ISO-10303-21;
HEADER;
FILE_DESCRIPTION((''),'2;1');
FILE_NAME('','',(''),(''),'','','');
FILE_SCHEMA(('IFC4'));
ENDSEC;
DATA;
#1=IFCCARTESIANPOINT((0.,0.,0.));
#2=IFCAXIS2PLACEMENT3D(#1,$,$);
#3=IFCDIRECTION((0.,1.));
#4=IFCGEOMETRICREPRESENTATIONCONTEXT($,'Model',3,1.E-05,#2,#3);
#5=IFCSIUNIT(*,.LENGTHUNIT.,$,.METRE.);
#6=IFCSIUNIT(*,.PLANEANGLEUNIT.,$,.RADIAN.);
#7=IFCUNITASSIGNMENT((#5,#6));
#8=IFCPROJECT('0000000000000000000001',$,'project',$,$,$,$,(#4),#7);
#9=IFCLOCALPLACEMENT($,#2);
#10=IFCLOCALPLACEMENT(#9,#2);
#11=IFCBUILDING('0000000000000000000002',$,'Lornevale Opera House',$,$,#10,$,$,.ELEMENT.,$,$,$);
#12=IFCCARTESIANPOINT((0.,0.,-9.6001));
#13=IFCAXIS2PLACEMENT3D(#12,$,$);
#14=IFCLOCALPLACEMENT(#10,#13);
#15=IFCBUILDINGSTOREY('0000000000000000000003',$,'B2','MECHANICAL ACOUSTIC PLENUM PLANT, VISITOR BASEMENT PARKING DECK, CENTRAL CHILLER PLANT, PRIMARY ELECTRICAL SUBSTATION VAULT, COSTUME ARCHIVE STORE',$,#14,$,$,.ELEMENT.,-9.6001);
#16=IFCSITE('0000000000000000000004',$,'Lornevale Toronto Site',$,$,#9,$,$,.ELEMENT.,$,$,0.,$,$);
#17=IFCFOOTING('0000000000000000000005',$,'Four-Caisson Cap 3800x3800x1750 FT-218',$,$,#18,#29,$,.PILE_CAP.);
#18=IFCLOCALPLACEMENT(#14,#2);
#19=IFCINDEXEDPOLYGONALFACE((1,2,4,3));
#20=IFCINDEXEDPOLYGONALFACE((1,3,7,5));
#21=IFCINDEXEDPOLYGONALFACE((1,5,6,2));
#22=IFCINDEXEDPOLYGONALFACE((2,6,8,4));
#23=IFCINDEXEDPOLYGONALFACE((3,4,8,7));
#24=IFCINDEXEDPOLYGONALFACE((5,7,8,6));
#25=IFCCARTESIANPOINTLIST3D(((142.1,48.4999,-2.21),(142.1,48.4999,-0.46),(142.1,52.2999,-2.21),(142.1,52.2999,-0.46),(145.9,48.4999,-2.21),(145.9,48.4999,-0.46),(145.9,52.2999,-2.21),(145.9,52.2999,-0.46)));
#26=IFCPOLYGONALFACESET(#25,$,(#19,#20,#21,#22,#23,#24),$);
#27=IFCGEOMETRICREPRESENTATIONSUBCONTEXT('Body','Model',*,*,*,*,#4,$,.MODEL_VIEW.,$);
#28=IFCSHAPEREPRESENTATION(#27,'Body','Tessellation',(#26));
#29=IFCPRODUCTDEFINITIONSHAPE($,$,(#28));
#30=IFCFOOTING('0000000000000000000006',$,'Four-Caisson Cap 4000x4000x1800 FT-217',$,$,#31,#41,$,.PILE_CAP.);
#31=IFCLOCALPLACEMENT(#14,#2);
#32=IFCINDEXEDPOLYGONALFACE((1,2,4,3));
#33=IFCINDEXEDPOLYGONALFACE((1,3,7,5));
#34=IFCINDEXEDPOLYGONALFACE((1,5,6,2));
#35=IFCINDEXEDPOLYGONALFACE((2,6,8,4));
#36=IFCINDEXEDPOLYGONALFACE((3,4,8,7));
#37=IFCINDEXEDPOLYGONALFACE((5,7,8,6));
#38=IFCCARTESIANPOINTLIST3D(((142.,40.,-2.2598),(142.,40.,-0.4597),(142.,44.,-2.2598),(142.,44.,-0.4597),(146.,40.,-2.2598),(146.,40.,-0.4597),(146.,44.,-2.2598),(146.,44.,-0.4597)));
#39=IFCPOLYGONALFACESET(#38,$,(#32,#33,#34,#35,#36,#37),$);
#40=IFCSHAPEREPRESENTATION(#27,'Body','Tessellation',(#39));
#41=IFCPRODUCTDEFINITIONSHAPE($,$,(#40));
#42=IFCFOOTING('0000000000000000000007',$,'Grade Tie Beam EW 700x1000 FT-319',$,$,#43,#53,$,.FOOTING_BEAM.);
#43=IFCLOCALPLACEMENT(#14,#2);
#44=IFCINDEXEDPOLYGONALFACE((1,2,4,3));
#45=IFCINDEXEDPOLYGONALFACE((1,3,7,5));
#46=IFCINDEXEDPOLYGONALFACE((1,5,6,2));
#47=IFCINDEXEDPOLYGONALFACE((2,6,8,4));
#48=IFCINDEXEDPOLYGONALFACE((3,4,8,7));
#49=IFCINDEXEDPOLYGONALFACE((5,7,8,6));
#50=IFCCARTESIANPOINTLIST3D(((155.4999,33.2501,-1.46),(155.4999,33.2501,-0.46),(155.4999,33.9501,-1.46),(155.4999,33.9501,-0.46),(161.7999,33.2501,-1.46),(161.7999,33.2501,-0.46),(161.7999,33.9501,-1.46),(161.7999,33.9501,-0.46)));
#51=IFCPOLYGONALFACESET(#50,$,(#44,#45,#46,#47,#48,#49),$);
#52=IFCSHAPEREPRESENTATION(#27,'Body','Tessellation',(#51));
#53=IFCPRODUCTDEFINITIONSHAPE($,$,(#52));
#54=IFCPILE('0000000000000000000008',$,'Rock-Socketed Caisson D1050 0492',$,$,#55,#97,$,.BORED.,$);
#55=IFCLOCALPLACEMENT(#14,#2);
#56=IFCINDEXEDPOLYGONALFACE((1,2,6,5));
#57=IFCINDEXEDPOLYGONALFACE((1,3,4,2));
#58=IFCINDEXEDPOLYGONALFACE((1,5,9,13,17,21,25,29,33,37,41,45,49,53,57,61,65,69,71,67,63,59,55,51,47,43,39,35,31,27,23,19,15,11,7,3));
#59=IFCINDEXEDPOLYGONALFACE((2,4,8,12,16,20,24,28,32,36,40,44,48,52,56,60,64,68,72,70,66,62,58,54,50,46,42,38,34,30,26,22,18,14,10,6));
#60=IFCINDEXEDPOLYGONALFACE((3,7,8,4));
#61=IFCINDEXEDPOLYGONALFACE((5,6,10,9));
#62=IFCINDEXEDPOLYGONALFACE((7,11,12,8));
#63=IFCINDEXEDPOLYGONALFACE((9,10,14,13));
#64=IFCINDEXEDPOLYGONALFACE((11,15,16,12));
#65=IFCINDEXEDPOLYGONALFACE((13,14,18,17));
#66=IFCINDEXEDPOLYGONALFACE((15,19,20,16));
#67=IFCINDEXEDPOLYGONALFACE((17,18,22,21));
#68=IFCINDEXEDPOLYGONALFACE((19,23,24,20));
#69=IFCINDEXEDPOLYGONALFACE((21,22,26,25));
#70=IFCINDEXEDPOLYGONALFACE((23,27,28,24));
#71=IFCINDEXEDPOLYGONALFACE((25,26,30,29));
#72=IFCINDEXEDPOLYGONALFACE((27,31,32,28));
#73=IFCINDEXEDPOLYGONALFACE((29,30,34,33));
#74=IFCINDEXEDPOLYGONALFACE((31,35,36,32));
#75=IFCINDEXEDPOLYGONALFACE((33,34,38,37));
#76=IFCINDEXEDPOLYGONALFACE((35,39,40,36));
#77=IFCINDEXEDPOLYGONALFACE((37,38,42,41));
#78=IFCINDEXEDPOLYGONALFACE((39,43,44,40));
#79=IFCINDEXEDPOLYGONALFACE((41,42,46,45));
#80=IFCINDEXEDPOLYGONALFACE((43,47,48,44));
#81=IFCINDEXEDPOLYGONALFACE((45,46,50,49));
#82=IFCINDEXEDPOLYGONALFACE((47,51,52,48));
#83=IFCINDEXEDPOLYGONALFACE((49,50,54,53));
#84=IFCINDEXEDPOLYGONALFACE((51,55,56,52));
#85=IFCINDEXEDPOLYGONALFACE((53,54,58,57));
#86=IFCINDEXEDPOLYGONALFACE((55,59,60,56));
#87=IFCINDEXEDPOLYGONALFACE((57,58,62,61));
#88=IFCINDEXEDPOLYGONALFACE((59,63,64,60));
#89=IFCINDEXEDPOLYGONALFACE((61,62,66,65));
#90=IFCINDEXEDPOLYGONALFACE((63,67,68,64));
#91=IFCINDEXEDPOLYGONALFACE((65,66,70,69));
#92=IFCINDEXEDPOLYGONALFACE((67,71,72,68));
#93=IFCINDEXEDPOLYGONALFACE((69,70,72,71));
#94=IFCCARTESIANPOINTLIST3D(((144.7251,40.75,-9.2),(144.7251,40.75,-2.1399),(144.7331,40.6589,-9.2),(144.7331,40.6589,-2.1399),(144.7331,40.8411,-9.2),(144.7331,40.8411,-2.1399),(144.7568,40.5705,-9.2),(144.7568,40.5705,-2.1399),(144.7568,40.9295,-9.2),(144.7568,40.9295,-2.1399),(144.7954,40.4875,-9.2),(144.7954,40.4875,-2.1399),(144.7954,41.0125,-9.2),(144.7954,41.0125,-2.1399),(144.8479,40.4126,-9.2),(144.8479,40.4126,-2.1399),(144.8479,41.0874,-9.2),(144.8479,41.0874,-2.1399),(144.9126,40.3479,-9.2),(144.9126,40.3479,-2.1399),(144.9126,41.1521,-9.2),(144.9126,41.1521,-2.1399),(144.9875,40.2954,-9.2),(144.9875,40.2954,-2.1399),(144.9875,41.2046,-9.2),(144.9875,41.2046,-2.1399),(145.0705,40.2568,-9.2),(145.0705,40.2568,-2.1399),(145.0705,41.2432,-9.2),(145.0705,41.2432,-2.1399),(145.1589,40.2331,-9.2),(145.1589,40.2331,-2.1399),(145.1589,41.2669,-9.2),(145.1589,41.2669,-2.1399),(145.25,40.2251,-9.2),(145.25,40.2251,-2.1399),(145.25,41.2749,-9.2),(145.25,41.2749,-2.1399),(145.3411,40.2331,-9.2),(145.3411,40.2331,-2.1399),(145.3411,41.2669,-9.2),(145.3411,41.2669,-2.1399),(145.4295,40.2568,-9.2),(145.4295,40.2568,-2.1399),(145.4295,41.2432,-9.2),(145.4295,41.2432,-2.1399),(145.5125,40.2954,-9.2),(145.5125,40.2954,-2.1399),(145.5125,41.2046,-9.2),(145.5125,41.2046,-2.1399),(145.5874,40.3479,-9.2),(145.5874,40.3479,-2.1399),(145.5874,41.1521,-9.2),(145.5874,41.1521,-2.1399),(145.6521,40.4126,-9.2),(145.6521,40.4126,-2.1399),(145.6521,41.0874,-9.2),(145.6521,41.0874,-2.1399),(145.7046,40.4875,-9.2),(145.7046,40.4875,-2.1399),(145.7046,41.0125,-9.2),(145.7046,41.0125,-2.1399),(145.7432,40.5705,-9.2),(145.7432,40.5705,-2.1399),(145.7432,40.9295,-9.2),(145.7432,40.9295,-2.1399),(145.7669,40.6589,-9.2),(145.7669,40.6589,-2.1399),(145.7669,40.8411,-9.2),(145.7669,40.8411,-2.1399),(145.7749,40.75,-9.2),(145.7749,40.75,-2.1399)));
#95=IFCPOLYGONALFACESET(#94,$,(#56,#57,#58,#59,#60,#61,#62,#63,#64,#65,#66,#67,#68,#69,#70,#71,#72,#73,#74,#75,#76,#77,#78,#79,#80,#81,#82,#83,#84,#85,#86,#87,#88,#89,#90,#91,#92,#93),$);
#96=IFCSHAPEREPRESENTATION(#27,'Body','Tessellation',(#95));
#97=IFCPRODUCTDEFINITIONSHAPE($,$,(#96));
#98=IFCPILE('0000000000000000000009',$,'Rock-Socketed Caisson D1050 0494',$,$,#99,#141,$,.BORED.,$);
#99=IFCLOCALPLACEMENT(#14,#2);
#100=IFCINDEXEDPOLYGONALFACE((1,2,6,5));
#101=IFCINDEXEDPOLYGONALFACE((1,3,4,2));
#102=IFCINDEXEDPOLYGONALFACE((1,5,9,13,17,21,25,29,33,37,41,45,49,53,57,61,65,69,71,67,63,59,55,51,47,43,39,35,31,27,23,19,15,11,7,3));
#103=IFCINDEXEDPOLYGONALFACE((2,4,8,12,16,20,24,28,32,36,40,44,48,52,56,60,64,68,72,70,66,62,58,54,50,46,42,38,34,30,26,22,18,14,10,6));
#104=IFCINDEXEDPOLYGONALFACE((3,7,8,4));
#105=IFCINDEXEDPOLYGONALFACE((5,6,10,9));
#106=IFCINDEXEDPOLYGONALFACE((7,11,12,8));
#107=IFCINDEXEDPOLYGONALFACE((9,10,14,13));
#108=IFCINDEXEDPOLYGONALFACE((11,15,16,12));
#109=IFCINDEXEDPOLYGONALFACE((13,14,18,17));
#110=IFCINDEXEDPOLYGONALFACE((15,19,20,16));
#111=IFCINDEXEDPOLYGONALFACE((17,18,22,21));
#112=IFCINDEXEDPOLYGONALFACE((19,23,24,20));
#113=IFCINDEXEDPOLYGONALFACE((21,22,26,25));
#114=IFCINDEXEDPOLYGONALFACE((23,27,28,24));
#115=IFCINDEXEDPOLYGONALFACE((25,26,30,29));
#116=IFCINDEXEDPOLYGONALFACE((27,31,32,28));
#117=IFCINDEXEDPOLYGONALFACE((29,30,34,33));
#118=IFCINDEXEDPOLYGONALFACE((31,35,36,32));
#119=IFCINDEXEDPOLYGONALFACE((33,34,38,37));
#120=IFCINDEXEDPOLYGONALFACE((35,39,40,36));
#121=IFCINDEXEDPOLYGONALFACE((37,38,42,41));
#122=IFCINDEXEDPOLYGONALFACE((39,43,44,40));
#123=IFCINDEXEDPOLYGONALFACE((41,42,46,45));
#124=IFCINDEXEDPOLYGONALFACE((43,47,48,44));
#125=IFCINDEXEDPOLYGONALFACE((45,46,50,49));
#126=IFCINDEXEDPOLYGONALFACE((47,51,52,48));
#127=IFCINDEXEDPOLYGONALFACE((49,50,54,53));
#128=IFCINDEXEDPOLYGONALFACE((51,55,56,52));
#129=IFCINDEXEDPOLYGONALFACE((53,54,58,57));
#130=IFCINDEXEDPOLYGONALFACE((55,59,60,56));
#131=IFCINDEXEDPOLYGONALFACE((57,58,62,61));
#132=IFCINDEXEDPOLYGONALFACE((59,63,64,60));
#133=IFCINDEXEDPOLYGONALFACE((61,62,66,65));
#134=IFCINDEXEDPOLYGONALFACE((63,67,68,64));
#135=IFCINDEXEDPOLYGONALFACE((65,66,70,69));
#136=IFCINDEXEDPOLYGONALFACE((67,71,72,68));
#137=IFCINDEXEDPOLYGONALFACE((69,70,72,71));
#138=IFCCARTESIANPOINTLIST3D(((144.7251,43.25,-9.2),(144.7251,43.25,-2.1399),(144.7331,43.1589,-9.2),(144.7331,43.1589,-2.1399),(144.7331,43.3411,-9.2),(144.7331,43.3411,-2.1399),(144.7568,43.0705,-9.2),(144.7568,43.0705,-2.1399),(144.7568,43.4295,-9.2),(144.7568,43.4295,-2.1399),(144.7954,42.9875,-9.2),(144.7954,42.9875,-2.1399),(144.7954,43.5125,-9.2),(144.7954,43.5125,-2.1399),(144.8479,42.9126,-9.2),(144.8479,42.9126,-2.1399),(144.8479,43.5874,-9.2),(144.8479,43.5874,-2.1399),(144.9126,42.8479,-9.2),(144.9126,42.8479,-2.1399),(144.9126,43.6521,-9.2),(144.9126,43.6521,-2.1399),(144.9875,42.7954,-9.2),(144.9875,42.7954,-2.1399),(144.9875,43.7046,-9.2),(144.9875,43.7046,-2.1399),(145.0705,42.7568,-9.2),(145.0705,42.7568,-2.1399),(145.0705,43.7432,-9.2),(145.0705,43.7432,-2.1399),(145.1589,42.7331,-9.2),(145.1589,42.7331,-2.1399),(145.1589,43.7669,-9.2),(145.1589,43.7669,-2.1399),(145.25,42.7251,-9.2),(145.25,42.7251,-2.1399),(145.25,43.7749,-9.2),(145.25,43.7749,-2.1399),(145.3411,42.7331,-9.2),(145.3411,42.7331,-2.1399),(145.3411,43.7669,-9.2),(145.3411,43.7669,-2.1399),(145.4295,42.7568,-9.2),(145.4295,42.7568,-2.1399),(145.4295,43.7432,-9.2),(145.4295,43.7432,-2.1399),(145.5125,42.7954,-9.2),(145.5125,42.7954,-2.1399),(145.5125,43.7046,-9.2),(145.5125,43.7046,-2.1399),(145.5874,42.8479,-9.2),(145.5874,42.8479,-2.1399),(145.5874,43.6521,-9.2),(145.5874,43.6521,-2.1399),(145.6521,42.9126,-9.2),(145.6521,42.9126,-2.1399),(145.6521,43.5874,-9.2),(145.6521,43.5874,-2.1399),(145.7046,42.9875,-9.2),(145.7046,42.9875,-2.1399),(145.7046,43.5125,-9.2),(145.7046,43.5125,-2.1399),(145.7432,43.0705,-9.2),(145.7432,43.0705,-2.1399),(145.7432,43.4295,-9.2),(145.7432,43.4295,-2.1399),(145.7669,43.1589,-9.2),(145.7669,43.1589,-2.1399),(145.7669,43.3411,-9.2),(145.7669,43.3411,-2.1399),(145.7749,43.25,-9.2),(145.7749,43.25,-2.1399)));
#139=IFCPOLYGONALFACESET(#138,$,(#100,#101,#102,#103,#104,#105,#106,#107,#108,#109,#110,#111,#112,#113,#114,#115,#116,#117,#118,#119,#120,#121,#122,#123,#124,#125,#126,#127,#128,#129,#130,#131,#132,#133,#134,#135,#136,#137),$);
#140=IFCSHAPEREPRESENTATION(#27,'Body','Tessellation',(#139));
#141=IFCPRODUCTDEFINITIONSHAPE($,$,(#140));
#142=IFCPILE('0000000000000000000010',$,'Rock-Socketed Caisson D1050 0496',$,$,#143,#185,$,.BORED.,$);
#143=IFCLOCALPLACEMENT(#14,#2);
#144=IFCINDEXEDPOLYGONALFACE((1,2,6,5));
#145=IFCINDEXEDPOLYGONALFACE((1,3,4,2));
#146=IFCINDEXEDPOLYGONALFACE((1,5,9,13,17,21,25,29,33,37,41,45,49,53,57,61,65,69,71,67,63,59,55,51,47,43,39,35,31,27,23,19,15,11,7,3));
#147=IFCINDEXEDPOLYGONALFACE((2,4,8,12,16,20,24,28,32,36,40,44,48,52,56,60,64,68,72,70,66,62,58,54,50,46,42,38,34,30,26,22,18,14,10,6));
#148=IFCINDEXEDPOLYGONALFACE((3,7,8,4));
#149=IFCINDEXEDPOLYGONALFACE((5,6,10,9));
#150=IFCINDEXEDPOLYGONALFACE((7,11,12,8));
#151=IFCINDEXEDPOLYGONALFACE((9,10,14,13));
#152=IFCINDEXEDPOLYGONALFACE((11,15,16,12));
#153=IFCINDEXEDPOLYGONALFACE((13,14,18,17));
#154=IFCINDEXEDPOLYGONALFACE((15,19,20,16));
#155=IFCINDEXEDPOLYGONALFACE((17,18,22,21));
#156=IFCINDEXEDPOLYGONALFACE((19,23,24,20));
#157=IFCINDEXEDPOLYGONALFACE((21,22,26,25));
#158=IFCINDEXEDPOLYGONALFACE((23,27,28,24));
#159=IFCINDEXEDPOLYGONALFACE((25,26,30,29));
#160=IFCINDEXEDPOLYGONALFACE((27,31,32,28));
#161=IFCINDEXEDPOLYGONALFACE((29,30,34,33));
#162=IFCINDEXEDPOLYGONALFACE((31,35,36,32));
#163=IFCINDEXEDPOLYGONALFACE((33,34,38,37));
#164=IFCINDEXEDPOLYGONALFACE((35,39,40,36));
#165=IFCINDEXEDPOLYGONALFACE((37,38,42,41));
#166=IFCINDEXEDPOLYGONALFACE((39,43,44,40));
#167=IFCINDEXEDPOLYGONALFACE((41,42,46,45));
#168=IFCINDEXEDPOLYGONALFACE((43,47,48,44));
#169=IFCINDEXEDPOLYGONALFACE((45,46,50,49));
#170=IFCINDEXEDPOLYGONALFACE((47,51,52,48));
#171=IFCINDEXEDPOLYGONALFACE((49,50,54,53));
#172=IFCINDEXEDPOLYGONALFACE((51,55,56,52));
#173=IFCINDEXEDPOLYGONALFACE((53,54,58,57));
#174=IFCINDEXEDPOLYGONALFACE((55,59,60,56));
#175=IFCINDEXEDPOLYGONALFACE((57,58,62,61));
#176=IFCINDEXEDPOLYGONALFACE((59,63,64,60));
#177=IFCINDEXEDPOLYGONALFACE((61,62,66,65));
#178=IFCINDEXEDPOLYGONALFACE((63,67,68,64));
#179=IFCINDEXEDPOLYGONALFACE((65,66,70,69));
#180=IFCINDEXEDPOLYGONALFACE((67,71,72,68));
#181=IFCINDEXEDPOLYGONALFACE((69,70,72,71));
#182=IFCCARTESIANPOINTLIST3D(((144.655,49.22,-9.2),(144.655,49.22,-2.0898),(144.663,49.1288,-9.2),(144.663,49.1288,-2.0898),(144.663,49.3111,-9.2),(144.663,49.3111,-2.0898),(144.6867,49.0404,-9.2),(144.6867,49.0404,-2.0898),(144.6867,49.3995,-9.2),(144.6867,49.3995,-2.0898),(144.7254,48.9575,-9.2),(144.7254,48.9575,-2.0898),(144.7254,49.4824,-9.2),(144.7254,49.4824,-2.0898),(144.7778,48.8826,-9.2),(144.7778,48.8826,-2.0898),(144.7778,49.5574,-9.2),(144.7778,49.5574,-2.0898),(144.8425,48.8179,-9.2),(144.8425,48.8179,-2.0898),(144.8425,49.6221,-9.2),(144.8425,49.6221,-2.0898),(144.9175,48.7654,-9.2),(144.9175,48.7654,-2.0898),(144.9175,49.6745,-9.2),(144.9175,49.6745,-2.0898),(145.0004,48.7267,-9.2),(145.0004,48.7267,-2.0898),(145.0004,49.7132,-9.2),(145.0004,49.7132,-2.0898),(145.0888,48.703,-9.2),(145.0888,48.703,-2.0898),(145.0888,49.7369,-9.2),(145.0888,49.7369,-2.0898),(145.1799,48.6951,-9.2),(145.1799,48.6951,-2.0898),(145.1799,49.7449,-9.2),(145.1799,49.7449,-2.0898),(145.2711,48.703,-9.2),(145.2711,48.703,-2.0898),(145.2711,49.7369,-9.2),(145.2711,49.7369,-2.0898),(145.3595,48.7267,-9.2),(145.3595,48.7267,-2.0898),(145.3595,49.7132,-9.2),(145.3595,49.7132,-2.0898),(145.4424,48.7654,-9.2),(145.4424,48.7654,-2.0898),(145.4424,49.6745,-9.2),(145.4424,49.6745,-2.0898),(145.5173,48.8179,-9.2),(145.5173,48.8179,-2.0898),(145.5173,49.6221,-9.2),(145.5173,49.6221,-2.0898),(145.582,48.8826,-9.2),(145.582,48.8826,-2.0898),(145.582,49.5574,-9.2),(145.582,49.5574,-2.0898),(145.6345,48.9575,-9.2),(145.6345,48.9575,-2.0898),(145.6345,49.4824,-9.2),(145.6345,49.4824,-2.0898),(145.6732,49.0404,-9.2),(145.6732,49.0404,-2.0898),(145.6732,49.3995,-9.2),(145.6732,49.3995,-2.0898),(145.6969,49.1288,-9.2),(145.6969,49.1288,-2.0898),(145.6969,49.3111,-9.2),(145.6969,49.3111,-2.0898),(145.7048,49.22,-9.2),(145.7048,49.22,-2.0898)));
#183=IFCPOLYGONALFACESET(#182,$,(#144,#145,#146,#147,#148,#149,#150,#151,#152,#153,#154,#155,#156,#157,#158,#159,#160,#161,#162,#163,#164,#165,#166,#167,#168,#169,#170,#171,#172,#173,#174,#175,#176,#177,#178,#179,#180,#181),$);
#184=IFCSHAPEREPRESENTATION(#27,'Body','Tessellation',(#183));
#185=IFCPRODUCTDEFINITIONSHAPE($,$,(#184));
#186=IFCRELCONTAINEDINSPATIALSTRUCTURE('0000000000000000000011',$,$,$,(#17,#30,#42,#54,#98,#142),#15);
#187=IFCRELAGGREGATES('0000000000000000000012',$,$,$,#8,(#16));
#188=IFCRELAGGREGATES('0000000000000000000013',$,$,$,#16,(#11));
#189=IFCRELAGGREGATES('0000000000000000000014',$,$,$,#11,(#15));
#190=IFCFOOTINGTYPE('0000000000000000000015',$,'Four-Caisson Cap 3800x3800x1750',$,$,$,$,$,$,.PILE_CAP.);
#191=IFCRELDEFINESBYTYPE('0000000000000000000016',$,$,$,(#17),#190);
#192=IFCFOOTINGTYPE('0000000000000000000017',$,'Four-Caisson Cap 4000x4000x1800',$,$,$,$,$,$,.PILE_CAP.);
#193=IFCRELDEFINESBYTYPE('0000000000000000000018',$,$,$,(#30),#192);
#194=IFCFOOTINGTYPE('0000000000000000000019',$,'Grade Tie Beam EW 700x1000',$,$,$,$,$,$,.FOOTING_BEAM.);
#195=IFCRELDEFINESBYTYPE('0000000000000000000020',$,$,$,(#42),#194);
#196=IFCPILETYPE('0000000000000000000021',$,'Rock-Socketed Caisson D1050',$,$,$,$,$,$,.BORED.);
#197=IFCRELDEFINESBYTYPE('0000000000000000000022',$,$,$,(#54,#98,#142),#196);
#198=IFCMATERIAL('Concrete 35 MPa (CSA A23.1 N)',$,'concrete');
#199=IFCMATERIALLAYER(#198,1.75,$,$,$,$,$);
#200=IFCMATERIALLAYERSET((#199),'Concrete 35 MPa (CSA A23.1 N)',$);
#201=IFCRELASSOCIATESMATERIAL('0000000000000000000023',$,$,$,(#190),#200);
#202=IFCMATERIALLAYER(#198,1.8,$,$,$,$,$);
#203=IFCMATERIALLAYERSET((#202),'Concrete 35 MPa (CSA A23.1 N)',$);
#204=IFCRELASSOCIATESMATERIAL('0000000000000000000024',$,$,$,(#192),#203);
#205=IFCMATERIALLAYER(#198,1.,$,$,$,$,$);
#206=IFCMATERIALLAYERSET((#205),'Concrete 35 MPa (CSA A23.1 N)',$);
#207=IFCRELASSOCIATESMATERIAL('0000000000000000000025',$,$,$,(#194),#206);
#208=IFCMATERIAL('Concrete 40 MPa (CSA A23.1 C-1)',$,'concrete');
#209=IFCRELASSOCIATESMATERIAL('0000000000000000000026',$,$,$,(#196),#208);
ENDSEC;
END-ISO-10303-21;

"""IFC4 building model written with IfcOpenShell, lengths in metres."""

from ifc_helpers import new_model, si_unit, direction, frame, origin, origin_2d, place, context, subcontext, project, spatial, rectangle, circle, extrude, material, layer, layer_set, material_profile, profile_set, type_object, element, save


model = new_model("IFC4")

# Units and contexts
model_context = context("Model", 3, precision=1e-05, world=origin(), true_north=direction((0.0, 1.0)))
body_context = subcontext(model_context, "Body", "Model", "MODEL_VIEW")
ifc_project = project(units=[si_unit("LENGTHUNIT", "METRE"), si_unit("PLANEANGLEUNIT", "RADIAN")], contexts=[model_context])

# Site, building, storey
site_placement = place(None, origin())
site = spatial("IfcSite", under=ifc_project, at=site_placement, Name="Lornevale Toronto Site", CompositionType="ELEMENT", RefElevation=0.0)
building_placement = place(site_placement, origin())
building = spatial("IfcBuilding", under=site, at=building_placement, Name="Lornevale Opera House", CompositionType="ELEMENT")
storey_placement = place(building_placement, frame((0.0, 0.0, -9.6001)))
storey = spatial("IfcBuildingStorey", under=building, at=storey_placement, Name="B2", Description="MECHANICAL ACOUSTIC PLENUM PLANT, VISITOR BASEMENT PARKING DECK, CENTRAL CHILLER PLANT, PRIMARY ELECTRICAL SUBSTATION VAULT, COSTUME ARCHIVE STORE", CompositionType="ELEMENT", Elevation=-9.6001)

# Footings
ifc_material_1 = material(Name="Concrete 35 MPa (CSA A23.1 N)", Category="concrete")
ifc_layer_1 = layer(ifc_material_1, 1.75)
ifc_layer_set_1 = layer_set([ifc_layer_1], Name="Concrete 35 MPa (CSA A23.1 N)")
footing_type_1 = type_object("IfcFootingType", Name="Four-Caisson Cap 3800x3800x1750", PredefinedType="PILE_CAP", material=ifc_layer_set_1)
footing_1_placement = place(storey_placement, frame((144.0, 50.3999, -2.21), z_axis=(0.0, 0.0, 1.0), x_axis=(1.0, 0.0, 0.0)))
element("IfcFooting", 1, at=footing_1_placement, inside=storey, type_object=footing_type_1, Name="Four-Caisson Cap 3800x3800x1750 FT-218", PredefinedType="PILE_CAP", context=body_context, shape_type="SweptSolid", body=[
    extrude(rectangle(XDim=3.8, YDim=3.8, at=origin_2d()), origin(), (0.0, 0.0, 1.0), 1.75),
])
ifc_layer_2 = layer(ifc_material_1, 1.8)
ifc_layer_set_2 = layer_set([ifc_layer_2], Name="Concrete 35 MPa (CSA A23.1 N)")
footing_type_2 = type_object("IfcFootingType", Name="Four-Caisson Cap 4000x4000x1800", PredefinedType="PILE_CAP", material=ifc_layer_set_2)
footing_2_placement = place(storey_placement, frame((144.0, 42.0, -2.2598), z_axis=(0.0, 0.0, 1.0), x_axis=(1.0, 0.0, 0.0)))
element("IfcFooting", 2, at=footing_2_placement, inside=storey, type_object=footing_type_2, Name="Four-Caisson Cap 4000x4000x1800 FT-217", PredefinedType="PILE_CAP", context=body_context, shape_type="SweptSolid", body=[
    extrude(rectangle(XDim=4.0, YDim=4.0, at=origin_2d()), origin(), (0.0, 0.0, 1.0), 1.8),
])
ifc_layer_3 = layer(ifc_material_1, 1.0)
ifc_layer_set_3 = layer_set([ifc_layer_3], Name="Concrete 35 MPa (CSA A23.1 N)")
footing_type_3 = type_object("IfcFootingType", Name="Grade Tie Beam EW 700x1000", PredefinedType="FOOTING_BEAM", material=ifc_layer_set_3)
footing_3_placement = place(storey_placement, frame((158.6499, 33.6001, -1.46), z_axis=(0.0, 0.0, 1.0), x_axis=(1.0, 0.0, 0.0)))
element("IfcFooting", 3, at=footing_3_placement, inside=storey, type_object=footing_type_3, Name="Grade Tie Beam EW 700x1000 FT-319", PredefinedType="FOOTING_BEAM", context=body_context, shape_type="SweptSolid", body=[
    extrude(rectangle(XDim=6.3, YDim=0.7, at=origin_2d()), origin(), (0.0, 0.0, 1.0), 1.0),
])

# Piles
ifc_material_2 = material(Name="Concrete 40 MPa (CSA A23.1 C-1)", Category="concrete")
ifc_material_profile_1 = material_profile(ifc_material_2, circle(Radius=0.5249, at=origin_2d()), Name="CAIS1050")
ifc_profile_set_1 = profile_set([ifc_material_profile_1], Name="Concrete 40 MPa (CSA A23.1 C-1)")
pile_type_1 = type_object("IfcPileType", Name="Rock-Socketed Caisson D1050", PredefinedType="BORED", material=ifc_profile_set_1)
for number, where, z_axis, x_axis, name in (
    (4, (145.25, 40.75, -2.1399), (0.0, 0.0, -1.0), (1.0, 0.0, 0.0), "Rock-Socketed Caisson D1050 0492"),
    (5, (145.25, 43.25, -2.1399), (0.0, 0.0, -1.0), (1.0, 0.0, 0.0), "Rock-Socketed Caisson D1050 0494"),
):
    element("IfcPile", number, at=place(storey_placement, frame(where, z_axis=z_axis, x_axis=x_axis)), inside=storey, type_object=pile_type_1, Name=name, PredefinedType="BORED", context=body_context, shape_type="SweptSolid", body=[
        extrude(circle(Radius=0.5249, at=origin_2d()), origin(), (0.0, 0.0, 1.0), 7.0601),
    ])
for number, where, z_axis, x_axis, name in (
    (6, (145.1799, 49.22, -2.0898), (0.0, 0.0, -1.0), (1.0, 0.0, 0.0), "Rock-Socketed Caisson D1050 0496"),
):
    element("IfcPile", number, at=place(storey_placement, frame(where, z_axis=z_axis, x_axis=x_axis)), inside=storey, type_object=pile_type_1, Name=name, PredefinedType="BORED", context=body_context, shape_type="SweptSolid", body=[
        extrude(circle(Radius=0.5249, at=origin_2d()), origin(), (0.0, 0.0, 1.0), 7.1101),
    ])

save(model, "model.ifc")
